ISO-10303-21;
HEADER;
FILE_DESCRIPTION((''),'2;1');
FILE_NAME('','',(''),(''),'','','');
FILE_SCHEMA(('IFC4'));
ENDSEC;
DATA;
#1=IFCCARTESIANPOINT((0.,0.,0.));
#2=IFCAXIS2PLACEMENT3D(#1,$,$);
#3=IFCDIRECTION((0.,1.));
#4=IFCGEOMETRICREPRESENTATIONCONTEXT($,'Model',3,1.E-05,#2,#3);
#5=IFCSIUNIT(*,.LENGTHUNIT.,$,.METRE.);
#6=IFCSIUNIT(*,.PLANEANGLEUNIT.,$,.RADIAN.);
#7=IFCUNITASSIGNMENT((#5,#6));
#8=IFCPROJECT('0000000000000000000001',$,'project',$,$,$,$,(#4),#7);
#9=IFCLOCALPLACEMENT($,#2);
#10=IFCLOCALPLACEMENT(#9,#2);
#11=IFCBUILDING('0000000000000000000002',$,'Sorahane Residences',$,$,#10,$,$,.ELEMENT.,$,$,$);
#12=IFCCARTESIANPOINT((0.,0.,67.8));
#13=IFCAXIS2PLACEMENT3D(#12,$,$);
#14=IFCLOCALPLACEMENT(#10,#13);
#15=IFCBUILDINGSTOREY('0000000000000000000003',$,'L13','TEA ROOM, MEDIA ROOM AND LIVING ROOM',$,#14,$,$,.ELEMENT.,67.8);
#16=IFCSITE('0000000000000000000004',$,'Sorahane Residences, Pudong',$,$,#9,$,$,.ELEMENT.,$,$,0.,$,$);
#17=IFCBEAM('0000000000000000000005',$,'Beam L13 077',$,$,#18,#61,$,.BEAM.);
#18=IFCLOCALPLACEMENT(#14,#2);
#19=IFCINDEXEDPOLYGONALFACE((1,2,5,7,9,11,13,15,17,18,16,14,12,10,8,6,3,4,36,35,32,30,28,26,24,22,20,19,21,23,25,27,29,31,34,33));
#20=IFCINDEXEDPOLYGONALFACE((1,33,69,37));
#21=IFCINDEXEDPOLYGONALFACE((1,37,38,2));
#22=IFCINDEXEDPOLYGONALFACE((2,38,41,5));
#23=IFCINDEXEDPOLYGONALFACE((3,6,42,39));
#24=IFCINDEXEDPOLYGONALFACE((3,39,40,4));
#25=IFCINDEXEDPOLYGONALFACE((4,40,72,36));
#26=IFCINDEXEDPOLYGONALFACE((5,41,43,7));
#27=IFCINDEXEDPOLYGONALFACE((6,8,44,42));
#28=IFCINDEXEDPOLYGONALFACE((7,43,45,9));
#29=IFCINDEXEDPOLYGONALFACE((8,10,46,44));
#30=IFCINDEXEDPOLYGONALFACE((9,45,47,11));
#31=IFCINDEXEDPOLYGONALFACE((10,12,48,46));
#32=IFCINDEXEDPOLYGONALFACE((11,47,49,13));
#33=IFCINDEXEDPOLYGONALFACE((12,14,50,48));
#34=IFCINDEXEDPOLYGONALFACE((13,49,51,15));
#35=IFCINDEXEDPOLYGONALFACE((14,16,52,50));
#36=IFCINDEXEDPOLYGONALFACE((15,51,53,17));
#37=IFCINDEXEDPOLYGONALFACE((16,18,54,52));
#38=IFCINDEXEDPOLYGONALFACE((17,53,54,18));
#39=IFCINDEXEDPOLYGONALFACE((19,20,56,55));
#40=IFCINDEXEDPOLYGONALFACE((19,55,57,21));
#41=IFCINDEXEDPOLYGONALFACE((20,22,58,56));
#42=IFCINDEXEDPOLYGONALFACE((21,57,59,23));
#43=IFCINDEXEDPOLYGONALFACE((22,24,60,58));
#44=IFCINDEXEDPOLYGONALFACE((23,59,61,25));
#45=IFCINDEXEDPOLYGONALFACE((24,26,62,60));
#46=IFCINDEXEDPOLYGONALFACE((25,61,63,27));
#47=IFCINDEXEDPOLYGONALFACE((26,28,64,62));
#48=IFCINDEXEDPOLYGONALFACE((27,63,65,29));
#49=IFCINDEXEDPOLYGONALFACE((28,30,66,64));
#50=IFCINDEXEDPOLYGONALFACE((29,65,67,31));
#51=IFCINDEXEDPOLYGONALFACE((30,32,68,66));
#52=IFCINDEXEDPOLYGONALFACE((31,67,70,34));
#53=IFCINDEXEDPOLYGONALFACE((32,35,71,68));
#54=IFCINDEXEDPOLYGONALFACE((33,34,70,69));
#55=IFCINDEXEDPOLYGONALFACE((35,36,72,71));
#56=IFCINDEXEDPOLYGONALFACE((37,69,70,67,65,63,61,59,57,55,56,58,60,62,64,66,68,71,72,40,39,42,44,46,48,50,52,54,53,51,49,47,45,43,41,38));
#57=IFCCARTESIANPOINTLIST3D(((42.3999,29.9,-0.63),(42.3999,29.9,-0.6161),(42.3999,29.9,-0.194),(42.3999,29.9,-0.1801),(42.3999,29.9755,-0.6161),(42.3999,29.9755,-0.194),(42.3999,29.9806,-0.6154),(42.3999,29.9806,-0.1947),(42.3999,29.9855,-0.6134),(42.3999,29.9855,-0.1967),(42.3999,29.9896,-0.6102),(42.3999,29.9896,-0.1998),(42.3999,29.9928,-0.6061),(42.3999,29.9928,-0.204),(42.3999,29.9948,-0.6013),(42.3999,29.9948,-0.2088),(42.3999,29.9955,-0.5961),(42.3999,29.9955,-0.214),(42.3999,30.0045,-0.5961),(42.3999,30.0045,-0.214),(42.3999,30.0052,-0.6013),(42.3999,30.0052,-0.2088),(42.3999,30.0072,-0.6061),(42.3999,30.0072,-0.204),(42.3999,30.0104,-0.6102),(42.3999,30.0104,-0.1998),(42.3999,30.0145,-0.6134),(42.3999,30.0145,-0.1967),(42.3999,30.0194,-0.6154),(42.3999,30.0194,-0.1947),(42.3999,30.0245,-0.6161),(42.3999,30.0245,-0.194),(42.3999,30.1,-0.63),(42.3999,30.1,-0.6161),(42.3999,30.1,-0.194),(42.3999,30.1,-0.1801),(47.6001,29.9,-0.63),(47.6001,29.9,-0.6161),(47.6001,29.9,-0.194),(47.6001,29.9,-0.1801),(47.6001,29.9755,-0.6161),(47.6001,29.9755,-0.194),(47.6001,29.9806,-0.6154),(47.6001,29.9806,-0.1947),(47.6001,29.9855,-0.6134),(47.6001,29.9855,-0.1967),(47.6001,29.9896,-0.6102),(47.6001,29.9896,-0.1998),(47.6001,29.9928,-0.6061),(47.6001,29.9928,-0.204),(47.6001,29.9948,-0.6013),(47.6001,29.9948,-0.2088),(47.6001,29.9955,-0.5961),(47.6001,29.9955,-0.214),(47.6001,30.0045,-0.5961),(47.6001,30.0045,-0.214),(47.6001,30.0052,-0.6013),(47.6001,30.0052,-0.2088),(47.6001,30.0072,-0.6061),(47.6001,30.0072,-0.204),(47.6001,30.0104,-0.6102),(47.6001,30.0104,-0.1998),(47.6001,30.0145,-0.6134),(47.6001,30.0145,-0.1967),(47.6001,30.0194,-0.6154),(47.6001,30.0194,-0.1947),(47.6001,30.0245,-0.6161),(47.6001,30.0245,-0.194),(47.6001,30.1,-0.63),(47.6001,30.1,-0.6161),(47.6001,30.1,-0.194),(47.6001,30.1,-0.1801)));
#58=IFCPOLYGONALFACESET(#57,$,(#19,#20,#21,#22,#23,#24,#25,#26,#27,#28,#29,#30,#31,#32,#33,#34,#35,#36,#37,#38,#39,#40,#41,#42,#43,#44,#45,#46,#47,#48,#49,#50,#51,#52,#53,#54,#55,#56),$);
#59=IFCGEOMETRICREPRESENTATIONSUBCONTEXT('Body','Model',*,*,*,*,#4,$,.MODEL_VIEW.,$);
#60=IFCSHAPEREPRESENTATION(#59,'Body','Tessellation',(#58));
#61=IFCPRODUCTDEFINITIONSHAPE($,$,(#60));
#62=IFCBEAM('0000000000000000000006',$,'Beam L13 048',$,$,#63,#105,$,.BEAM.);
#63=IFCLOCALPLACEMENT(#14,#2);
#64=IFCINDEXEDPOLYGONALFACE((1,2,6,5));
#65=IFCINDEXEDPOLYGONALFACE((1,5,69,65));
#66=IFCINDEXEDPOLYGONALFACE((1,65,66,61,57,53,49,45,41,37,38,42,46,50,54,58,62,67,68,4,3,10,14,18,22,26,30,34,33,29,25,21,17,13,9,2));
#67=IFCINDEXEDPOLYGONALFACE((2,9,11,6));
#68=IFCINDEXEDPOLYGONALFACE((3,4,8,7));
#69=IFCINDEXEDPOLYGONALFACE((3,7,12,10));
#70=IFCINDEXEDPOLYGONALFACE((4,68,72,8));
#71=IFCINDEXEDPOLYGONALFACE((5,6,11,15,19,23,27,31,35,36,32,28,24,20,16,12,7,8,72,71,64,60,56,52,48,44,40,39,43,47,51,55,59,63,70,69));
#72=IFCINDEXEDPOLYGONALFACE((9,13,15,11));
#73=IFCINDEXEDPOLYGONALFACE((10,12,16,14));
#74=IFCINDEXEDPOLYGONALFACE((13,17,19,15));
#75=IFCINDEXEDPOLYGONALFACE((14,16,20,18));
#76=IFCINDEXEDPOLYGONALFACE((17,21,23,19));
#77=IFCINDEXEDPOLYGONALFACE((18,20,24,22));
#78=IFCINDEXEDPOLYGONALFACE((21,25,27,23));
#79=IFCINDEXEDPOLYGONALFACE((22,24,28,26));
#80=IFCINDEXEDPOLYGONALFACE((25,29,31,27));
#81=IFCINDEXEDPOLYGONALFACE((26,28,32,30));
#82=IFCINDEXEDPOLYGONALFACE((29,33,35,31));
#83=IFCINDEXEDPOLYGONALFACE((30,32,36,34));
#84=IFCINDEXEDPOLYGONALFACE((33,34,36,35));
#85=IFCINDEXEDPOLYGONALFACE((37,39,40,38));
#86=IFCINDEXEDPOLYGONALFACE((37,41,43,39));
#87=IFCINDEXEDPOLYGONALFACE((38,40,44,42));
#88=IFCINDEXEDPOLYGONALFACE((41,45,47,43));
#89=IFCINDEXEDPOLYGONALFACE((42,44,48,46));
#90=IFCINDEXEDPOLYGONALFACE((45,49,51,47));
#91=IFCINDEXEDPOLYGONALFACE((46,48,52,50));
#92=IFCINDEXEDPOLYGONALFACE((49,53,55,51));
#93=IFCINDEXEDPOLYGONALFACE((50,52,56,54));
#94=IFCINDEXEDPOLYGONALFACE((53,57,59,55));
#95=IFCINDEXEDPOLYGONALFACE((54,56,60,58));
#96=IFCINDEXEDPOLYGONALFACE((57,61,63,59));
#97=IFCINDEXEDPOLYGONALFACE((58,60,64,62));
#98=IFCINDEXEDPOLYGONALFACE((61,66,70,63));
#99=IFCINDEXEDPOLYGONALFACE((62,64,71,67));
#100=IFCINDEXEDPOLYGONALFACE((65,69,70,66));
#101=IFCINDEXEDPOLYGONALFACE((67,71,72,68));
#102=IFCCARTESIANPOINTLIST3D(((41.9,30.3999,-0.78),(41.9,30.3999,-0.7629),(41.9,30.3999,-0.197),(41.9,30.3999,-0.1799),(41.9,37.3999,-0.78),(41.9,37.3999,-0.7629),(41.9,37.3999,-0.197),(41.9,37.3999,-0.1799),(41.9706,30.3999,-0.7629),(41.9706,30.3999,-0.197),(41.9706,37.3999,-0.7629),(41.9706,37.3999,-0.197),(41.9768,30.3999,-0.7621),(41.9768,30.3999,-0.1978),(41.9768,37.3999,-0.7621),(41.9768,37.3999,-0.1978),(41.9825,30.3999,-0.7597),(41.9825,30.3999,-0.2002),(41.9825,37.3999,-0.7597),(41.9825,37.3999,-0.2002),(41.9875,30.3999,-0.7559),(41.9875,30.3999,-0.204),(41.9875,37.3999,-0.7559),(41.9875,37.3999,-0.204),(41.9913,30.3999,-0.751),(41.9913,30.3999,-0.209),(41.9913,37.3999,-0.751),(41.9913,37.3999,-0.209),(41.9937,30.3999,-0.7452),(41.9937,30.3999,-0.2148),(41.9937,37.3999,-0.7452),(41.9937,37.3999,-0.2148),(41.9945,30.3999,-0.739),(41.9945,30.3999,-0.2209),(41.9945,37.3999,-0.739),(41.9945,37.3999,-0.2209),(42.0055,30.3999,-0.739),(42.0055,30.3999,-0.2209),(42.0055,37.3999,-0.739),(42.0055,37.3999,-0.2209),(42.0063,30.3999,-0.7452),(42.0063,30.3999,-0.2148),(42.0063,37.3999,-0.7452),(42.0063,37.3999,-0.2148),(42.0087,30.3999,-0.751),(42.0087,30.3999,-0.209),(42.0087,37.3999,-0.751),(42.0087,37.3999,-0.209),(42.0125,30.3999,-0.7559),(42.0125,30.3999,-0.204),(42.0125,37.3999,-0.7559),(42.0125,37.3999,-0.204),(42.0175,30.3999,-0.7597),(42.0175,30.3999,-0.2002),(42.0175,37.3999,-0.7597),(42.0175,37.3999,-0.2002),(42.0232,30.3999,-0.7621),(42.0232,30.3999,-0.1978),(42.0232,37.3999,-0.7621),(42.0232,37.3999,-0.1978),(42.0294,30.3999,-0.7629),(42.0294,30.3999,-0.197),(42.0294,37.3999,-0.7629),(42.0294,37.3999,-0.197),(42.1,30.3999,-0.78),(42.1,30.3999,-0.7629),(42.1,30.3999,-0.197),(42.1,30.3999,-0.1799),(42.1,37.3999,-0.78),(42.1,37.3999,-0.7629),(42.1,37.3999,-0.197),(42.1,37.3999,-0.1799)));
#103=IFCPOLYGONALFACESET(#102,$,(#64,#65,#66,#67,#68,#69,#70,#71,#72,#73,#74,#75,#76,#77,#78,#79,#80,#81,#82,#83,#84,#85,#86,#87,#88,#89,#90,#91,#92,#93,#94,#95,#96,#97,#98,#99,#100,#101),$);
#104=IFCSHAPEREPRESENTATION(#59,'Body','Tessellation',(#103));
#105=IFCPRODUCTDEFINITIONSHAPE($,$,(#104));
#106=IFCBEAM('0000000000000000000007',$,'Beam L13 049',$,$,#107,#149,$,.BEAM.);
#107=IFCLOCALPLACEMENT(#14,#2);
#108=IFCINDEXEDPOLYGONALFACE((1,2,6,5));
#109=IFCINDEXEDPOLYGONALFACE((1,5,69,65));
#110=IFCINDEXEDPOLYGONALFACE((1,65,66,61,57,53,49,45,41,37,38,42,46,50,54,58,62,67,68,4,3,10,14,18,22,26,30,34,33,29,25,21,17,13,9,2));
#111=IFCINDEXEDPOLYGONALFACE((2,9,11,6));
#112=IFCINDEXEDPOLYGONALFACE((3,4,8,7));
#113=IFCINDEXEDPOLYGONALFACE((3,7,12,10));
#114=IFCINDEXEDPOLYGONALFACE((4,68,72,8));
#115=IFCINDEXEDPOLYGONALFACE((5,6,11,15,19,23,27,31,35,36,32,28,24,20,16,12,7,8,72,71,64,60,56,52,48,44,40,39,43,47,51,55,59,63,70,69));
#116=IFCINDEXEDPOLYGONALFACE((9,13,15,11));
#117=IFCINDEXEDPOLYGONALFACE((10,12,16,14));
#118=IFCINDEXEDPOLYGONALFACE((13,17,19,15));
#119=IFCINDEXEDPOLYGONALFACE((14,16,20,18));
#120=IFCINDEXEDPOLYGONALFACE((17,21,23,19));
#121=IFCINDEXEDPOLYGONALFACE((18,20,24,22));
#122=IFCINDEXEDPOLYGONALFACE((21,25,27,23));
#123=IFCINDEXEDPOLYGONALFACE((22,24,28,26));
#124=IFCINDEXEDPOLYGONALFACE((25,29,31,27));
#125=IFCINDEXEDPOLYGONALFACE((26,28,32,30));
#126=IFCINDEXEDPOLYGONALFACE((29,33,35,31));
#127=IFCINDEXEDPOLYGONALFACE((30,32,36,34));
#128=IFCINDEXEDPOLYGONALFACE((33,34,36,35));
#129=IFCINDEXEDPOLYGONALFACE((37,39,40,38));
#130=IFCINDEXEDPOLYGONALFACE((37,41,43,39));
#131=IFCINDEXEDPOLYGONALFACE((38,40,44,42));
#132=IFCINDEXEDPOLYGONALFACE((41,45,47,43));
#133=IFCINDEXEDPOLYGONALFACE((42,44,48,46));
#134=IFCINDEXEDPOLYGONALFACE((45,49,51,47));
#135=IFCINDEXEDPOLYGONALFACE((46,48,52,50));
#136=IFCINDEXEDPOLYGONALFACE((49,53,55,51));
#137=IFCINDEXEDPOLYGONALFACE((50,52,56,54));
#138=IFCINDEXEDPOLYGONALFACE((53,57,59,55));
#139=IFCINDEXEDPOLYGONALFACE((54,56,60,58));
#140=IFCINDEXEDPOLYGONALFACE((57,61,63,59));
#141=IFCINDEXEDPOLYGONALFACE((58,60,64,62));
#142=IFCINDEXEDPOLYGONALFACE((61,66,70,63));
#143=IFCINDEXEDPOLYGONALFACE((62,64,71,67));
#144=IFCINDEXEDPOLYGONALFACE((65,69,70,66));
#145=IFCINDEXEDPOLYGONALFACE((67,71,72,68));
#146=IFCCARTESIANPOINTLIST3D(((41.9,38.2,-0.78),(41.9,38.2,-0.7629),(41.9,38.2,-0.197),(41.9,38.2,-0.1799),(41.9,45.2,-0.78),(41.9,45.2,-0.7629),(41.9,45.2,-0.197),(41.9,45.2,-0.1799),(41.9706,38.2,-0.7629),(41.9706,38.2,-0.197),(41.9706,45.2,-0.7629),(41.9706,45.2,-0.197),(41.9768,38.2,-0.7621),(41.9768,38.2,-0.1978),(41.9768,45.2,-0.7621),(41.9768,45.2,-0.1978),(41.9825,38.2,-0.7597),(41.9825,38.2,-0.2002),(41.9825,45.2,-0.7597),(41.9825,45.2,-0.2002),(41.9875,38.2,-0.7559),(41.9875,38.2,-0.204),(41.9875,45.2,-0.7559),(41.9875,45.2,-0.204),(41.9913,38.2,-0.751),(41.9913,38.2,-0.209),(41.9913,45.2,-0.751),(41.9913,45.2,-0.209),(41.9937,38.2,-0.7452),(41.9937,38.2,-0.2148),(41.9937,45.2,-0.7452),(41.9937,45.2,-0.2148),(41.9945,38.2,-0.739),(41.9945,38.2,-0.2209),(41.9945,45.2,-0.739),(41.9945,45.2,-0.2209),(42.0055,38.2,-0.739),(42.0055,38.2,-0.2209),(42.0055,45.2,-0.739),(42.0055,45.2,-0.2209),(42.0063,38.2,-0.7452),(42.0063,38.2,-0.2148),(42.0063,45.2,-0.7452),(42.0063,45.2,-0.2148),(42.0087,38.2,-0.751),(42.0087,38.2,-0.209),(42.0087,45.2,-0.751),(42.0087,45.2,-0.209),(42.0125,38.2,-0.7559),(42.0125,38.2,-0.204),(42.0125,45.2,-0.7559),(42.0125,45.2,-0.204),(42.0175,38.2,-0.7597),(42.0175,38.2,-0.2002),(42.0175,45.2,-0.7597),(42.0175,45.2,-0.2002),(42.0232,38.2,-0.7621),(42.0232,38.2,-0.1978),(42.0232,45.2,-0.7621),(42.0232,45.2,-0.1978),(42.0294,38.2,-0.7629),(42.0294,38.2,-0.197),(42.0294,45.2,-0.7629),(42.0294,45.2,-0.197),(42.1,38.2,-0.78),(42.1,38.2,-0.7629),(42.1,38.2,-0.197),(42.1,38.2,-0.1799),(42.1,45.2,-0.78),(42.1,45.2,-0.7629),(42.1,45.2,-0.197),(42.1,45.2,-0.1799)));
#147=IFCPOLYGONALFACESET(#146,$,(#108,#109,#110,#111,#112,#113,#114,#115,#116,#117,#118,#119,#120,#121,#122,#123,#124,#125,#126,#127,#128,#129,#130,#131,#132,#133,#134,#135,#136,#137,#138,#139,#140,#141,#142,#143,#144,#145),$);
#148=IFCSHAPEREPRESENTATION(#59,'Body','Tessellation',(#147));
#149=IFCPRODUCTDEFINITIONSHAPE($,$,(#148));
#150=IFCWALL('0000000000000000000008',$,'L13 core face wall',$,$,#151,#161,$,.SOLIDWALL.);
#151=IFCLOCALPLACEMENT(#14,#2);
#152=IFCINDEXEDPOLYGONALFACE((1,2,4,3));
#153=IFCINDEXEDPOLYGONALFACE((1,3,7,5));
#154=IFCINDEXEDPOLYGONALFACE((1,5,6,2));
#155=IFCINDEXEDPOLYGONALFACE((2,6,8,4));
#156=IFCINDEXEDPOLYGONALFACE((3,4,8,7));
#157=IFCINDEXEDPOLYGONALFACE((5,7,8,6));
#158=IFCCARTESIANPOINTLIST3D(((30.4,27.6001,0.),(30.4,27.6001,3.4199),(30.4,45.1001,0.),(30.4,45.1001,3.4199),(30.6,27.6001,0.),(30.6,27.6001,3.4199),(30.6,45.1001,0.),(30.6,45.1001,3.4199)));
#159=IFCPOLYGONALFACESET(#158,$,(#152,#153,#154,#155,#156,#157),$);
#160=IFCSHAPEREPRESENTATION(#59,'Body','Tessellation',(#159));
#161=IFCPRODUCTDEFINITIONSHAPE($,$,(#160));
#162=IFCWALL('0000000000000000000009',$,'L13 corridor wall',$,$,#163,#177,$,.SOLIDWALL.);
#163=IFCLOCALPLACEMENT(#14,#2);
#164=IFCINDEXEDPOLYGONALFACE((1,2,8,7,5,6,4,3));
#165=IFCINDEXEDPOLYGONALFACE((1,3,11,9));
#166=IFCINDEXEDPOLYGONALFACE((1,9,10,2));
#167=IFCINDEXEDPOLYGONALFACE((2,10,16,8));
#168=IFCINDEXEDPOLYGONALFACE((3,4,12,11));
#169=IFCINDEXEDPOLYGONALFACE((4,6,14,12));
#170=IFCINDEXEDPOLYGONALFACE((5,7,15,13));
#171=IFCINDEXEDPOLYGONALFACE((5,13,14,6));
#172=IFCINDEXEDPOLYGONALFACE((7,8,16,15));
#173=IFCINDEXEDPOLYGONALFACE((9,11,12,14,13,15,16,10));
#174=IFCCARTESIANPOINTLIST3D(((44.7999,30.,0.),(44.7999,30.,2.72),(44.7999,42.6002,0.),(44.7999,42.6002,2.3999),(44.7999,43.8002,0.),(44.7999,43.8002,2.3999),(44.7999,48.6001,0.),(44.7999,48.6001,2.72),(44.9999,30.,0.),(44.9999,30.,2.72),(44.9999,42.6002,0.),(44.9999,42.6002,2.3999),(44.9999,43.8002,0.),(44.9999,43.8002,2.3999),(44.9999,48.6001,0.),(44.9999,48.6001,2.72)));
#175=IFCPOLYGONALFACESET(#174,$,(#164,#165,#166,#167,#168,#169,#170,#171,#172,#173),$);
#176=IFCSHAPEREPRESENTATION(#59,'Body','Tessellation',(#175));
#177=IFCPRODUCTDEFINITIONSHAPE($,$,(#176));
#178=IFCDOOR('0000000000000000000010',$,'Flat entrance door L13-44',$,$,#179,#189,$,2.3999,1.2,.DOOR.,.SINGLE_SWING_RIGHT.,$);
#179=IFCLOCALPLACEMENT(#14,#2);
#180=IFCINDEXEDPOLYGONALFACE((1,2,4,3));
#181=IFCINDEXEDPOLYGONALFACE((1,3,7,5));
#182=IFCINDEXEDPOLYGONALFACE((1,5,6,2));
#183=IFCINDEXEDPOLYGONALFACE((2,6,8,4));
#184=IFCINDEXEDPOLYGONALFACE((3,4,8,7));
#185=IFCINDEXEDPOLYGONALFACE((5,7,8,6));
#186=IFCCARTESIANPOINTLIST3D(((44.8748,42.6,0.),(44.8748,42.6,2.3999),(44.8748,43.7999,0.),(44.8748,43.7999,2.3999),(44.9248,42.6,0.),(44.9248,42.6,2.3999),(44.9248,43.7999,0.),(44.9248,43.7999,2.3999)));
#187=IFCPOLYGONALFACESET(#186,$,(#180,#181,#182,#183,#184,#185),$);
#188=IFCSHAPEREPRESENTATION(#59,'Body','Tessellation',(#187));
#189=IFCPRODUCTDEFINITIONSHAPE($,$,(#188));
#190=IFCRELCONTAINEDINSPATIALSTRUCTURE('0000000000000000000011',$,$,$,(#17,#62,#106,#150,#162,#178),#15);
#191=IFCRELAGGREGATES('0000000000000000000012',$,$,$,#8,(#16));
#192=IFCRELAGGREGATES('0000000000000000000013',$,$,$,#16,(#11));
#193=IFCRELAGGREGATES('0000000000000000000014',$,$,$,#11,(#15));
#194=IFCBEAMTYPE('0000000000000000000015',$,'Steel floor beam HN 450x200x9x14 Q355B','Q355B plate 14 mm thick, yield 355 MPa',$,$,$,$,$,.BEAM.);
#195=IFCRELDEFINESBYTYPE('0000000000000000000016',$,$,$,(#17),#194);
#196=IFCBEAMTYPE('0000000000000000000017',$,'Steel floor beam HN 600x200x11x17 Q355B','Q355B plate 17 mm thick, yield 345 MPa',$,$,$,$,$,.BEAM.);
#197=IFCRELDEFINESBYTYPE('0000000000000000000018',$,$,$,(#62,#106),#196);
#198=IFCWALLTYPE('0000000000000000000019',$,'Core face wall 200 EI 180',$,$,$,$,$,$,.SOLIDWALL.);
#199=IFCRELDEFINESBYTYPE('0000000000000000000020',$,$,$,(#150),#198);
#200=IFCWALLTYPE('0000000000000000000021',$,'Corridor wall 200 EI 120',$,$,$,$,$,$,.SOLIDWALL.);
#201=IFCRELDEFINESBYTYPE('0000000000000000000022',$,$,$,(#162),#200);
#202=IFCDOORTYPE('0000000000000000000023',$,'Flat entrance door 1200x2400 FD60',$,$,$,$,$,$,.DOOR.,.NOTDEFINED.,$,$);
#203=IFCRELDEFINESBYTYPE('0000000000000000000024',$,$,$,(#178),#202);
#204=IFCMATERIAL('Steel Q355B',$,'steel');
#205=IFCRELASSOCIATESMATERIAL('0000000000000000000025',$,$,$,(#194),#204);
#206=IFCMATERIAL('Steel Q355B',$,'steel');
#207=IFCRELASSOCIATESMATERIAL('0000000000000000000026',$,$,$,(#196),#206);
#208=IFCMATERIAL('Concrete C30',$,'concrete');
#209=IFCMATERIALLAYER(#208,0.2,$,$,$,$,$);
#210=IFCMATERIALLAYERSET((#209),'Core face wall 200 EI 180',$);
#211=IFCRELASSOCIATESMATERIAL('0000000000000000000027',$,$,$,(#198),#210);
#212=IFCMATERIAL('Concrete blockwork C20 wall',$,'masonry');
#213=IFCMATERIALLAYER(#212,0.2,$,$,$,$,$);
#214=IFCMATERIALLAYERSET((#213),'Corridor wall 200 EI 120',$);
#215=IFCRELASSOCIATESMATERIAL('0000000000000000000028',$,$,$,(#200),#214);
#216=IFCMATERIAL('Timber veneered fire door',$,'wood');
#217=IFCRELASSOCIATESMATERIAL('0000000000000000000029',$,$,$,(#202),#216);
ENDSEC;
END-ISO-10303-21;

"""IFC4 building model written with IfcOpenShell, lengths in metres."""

from ifc_helpers import new_model, si_unit, direction, frame, frame_2d, origin, origin_2d, place, context, subcontext, project, spatial, rectangle, i_section, extrude, material, layer, layer_set, material_profile, profile_set, type_object, element, fill, save


model = new_model("IFC4")

# Units and contexts
model_context = context("Model", 3, precision=1e-05, world=origin(), true_north=direction((0.0, 1.0)))
body_context = subcontext(model_context, "Body", "Model", "MODEL_VIEW")
ifc_project = project(units=[si_unit("LENGTHUNIT", "METRE"), si_unit("PLANEANGLEUNIT", "RADIAN")], contexts=[model_context])

# Site, building, storey
site_placement = place(None, origin())
site = spatial("IfcSite", under=ifc_project, at=site_placement, Name="Sorahane Residences, Pudong", CompositionType="ELEMENT", RefElevation=0.0)
building_placement = place(site_placement, origin())
building = spatial("IfcBuilding", under=site, at=building_placement, Name="Sorahane Residences", CompositionType="ELEMENT")
storey_placement = place(building_placement, frame((0.0, 0.0, 67.8)))
storey = spatial("IfcBuildingStorey", under=building, at=storey_placement, Name="L13", Description="TEA ROOM, MEDIA ROOM AND LIVING ROOM", CompositionType="ELEMENT", Elevation=67.8)

# Beams
ifc_material_1 = material(Name="Steel Q355B", Category="steel")
ifc_material_profile_1 = material_profile(ifc_material_1, i_section(OverallWidth=0.2, OverallDepth=0.45, WebThickness=0.009, FlangeThickness=0.0139, FilletRadius=0.02, at=origin_2d()), Name="HN 450x200x9x14")
ifc_profile_set_1 = profile_set([ifc_material_profile_1], Name="Steel Q355B")
beam_type_1 = type_object("IfcBeamType", Name="Steel floor beam HN 450x200x9x14 Q355B", Description="Q355B plate 14 mm thick, yield 355 MPa", PredefinedType="BEAM", material=ifc_profile_set_1)
beam_placement = place(storey_placement, frame((42.3999, 30.0, -0.405), z_axis=(1.0, 0.0, 0.0), x_axis=(0.0, 1.0, 0.0)))
element("IfcBeam", 1, at=beam_placement, inside=storey, type_object=beam_type_1, Name="Beam L13 077", PredefinedType="BEAM", context=body_context, shape_type="SweptSolid", body=[
    extrude(i_section(OverallWidth=0.2, OverallDepth=0.45, WebThickness=0.009, FlangeThickness=0.0139, FilletRadius=0.02, at=origin_2d()), origin(), (0.0, 0.0, 1.0), 5.2002),
])
ifc_material_2 = material(Name="Steel Q355B", Category="steel")
ifc_material_profile_2 = material_profile(ifc_material_2, i_section(OverallWidth=0.2, OverallDepth=0.6001, WebThickness=0.011, FlangeThickness=0.0171, FilletRadius=0.0239, at=origin_2d()), Name="HN 600x200x11x17")
ifc_profile_set_2 = profile_set([ifc_material_profile_2], Name="Steel Q355B")
beam_type_2 = type_object("IfcBeamType", Name="Steel floor beam HN 600x200x11x17 Q355B", Description="Q355B plate 17 mm thick, yield 345 MPa", PredefinedType="BEAM", material=ifc_profile_set_2)
for number, where, z_axis, x_axis, name in (
    (2, (42.0, 30.3999, -0.48), (0.0, 1.0, 0.0), (-1.0, 0.0, 0.0), "Beam L13 048"),
    (3, (42.0, 38.2, -0.48), (0.0, 1.0, 0.0), (-1.0, 0.0, 0.0), "Beam L13 049"),
):
    element("IfcBeam", number, at=place(storey_placement, frame(where, z_axis=z_axis, x_axis=x_axis)), inside=storey, type_object=beam_type_2, Name=name, PredefinedType="BEAM", context=body_context, shape_type="SweptSolid", body=[
        extrude(i_section(OverallWidth=0.2, OverallDepth=0.6001, WebThickness=0.011, FlangeThickness=0.0171, FilletRadius=0.0239, at=origin_2d()), origin(), (0.0, 0.0, 1.0), 7.0),
    ])

# Wall
ifc_material_3 = material(Name="Concrete C30", Category="concrete")
ifc_layer_1 = layer(ifc_material_3, 0.2)
ifc_layer_set_1 = layer_set([ifc_layer_1], Name="Core face wall 200 EI 180")
wall_type_1 = type_object("IfcWallType", Name="Core face wall 200 EI 180", PredefinedType="SOLIDWALL", material=ifc_layer_set_1)
wall_1_placement = place(storey_placement, frame((30.5, 27.6001, 0.0), z_axis=(0.0, 0.0, 1.0), x_axis=(0.0, 1.0, 0.0)))
element("IfcWall", 4, at=wall_1_placement, inside=storey, type_object=wall_type_1, Name="L13 core face wall", PredefinedType="SOLIDWALL", context=body_context, shape_type="SweptSolid", body=[
    extrude(rectangle(XDim=17.5, YDim=0.2, at=frame_2d((8.75, 0.0))), origin(), (0.0, 0.0, 1.0), 3.4199),
])

# Wall, opening, door
ifc_material_4 = material(Name="Concrete blockwork C20 wall", Category="masonry")
ifc_layer_2 = layer(ifc_material_4, 0.2)
ifc_layer_set_2 = layer_set([ifc_layer_2], Name="Corridor wall 200 EI 120")
wall_type_2 = type_object("IfcWallType", Name="Corridor wall 200 EI 120", PredefinedType="SOLIDWALL", material=ifc_layer_set_2)
wall_2_placement = place(storey_placement, frame((44.8999, 30.0, 0.0), z_axis=(0.0, 0.0, 1.0), x_axis=(0.0, 1.0, 0.0)))
wall_2 = element("IfcWall", 5, at=wall_2_placement, inside=storey, type_object=wall_type_2, Name="L13 corridor wall", PredefinedType="SOLIDWALL", context=body_context, shape_type="SweptSolid", body=[
    extrude(rectangle(XDim=18.6001, YDim=0.2, at=frame_2d((9.3, 0.0))), origin(), (0.0, 0.0, 1.0), 2.72),
])
opening_1_placement = place(wall_2_placement, frame((12.6001, 0.0, 0.0)))
opening_1 = element("IfcOpeningElement", 6, at=opening_1_placement, cuts=wall_2, PredefinedType="OPENING", context=body_context, shape_type="SweptSolid", body=[
    extrude(rectangle(XDim=1.2, YDim=2.3999, at=frame_2d((0.6001, 1.2))), frame((0.0, 0.1099, 0.0), z_axis=(0.0, -1.0, 0.0), x_axis=(1.0, 0.0, 0.0)), (0.0, 0.0, 1.0), 0.22),
])
ifc_material_5 = material(Name="Timber veneered fire door", Category="wood")
door_type_1 = type_object("IfcDoorType", Name="Flat entrance door 1200x2400 FD60", OperationType="NOTDEFINED", PredefinedType="DOOR", material=ifc_material_5)
door_1_placement = place(opening_1_placement, frame((1.2, 0.0, 0.0), z_axis=(0.0, 0.0, 1.0), x_axis=(-1.0, 0.0, 0.0)))
door_1 = element("IfcDoor", 7, at=door_1_placement, inside=storey, type_object=door_type_1, Name="Flat entrance door L13-44", OperationType="SINGLE_SWING_RIGHT", OverallHeight=2.3999, OverallWidth=1.2, PredefinedType="DOOR", context=body_context, shape_type="SweptSolid", body=[
    extrude(rectangle(XDim=1.2, YDim=2.3999, at=frame_2d((0.6001, 1.2))), frame((0.0, 0.0249, 0.0), z_axis=(0.0, -1.0, 0.0), x_axis=(1.0, 0.0, 0.0)), (0.0, 0.0, 1.0), 0.05),
])
fill(opening_1, door_1)

save(model, "model.ifc")
